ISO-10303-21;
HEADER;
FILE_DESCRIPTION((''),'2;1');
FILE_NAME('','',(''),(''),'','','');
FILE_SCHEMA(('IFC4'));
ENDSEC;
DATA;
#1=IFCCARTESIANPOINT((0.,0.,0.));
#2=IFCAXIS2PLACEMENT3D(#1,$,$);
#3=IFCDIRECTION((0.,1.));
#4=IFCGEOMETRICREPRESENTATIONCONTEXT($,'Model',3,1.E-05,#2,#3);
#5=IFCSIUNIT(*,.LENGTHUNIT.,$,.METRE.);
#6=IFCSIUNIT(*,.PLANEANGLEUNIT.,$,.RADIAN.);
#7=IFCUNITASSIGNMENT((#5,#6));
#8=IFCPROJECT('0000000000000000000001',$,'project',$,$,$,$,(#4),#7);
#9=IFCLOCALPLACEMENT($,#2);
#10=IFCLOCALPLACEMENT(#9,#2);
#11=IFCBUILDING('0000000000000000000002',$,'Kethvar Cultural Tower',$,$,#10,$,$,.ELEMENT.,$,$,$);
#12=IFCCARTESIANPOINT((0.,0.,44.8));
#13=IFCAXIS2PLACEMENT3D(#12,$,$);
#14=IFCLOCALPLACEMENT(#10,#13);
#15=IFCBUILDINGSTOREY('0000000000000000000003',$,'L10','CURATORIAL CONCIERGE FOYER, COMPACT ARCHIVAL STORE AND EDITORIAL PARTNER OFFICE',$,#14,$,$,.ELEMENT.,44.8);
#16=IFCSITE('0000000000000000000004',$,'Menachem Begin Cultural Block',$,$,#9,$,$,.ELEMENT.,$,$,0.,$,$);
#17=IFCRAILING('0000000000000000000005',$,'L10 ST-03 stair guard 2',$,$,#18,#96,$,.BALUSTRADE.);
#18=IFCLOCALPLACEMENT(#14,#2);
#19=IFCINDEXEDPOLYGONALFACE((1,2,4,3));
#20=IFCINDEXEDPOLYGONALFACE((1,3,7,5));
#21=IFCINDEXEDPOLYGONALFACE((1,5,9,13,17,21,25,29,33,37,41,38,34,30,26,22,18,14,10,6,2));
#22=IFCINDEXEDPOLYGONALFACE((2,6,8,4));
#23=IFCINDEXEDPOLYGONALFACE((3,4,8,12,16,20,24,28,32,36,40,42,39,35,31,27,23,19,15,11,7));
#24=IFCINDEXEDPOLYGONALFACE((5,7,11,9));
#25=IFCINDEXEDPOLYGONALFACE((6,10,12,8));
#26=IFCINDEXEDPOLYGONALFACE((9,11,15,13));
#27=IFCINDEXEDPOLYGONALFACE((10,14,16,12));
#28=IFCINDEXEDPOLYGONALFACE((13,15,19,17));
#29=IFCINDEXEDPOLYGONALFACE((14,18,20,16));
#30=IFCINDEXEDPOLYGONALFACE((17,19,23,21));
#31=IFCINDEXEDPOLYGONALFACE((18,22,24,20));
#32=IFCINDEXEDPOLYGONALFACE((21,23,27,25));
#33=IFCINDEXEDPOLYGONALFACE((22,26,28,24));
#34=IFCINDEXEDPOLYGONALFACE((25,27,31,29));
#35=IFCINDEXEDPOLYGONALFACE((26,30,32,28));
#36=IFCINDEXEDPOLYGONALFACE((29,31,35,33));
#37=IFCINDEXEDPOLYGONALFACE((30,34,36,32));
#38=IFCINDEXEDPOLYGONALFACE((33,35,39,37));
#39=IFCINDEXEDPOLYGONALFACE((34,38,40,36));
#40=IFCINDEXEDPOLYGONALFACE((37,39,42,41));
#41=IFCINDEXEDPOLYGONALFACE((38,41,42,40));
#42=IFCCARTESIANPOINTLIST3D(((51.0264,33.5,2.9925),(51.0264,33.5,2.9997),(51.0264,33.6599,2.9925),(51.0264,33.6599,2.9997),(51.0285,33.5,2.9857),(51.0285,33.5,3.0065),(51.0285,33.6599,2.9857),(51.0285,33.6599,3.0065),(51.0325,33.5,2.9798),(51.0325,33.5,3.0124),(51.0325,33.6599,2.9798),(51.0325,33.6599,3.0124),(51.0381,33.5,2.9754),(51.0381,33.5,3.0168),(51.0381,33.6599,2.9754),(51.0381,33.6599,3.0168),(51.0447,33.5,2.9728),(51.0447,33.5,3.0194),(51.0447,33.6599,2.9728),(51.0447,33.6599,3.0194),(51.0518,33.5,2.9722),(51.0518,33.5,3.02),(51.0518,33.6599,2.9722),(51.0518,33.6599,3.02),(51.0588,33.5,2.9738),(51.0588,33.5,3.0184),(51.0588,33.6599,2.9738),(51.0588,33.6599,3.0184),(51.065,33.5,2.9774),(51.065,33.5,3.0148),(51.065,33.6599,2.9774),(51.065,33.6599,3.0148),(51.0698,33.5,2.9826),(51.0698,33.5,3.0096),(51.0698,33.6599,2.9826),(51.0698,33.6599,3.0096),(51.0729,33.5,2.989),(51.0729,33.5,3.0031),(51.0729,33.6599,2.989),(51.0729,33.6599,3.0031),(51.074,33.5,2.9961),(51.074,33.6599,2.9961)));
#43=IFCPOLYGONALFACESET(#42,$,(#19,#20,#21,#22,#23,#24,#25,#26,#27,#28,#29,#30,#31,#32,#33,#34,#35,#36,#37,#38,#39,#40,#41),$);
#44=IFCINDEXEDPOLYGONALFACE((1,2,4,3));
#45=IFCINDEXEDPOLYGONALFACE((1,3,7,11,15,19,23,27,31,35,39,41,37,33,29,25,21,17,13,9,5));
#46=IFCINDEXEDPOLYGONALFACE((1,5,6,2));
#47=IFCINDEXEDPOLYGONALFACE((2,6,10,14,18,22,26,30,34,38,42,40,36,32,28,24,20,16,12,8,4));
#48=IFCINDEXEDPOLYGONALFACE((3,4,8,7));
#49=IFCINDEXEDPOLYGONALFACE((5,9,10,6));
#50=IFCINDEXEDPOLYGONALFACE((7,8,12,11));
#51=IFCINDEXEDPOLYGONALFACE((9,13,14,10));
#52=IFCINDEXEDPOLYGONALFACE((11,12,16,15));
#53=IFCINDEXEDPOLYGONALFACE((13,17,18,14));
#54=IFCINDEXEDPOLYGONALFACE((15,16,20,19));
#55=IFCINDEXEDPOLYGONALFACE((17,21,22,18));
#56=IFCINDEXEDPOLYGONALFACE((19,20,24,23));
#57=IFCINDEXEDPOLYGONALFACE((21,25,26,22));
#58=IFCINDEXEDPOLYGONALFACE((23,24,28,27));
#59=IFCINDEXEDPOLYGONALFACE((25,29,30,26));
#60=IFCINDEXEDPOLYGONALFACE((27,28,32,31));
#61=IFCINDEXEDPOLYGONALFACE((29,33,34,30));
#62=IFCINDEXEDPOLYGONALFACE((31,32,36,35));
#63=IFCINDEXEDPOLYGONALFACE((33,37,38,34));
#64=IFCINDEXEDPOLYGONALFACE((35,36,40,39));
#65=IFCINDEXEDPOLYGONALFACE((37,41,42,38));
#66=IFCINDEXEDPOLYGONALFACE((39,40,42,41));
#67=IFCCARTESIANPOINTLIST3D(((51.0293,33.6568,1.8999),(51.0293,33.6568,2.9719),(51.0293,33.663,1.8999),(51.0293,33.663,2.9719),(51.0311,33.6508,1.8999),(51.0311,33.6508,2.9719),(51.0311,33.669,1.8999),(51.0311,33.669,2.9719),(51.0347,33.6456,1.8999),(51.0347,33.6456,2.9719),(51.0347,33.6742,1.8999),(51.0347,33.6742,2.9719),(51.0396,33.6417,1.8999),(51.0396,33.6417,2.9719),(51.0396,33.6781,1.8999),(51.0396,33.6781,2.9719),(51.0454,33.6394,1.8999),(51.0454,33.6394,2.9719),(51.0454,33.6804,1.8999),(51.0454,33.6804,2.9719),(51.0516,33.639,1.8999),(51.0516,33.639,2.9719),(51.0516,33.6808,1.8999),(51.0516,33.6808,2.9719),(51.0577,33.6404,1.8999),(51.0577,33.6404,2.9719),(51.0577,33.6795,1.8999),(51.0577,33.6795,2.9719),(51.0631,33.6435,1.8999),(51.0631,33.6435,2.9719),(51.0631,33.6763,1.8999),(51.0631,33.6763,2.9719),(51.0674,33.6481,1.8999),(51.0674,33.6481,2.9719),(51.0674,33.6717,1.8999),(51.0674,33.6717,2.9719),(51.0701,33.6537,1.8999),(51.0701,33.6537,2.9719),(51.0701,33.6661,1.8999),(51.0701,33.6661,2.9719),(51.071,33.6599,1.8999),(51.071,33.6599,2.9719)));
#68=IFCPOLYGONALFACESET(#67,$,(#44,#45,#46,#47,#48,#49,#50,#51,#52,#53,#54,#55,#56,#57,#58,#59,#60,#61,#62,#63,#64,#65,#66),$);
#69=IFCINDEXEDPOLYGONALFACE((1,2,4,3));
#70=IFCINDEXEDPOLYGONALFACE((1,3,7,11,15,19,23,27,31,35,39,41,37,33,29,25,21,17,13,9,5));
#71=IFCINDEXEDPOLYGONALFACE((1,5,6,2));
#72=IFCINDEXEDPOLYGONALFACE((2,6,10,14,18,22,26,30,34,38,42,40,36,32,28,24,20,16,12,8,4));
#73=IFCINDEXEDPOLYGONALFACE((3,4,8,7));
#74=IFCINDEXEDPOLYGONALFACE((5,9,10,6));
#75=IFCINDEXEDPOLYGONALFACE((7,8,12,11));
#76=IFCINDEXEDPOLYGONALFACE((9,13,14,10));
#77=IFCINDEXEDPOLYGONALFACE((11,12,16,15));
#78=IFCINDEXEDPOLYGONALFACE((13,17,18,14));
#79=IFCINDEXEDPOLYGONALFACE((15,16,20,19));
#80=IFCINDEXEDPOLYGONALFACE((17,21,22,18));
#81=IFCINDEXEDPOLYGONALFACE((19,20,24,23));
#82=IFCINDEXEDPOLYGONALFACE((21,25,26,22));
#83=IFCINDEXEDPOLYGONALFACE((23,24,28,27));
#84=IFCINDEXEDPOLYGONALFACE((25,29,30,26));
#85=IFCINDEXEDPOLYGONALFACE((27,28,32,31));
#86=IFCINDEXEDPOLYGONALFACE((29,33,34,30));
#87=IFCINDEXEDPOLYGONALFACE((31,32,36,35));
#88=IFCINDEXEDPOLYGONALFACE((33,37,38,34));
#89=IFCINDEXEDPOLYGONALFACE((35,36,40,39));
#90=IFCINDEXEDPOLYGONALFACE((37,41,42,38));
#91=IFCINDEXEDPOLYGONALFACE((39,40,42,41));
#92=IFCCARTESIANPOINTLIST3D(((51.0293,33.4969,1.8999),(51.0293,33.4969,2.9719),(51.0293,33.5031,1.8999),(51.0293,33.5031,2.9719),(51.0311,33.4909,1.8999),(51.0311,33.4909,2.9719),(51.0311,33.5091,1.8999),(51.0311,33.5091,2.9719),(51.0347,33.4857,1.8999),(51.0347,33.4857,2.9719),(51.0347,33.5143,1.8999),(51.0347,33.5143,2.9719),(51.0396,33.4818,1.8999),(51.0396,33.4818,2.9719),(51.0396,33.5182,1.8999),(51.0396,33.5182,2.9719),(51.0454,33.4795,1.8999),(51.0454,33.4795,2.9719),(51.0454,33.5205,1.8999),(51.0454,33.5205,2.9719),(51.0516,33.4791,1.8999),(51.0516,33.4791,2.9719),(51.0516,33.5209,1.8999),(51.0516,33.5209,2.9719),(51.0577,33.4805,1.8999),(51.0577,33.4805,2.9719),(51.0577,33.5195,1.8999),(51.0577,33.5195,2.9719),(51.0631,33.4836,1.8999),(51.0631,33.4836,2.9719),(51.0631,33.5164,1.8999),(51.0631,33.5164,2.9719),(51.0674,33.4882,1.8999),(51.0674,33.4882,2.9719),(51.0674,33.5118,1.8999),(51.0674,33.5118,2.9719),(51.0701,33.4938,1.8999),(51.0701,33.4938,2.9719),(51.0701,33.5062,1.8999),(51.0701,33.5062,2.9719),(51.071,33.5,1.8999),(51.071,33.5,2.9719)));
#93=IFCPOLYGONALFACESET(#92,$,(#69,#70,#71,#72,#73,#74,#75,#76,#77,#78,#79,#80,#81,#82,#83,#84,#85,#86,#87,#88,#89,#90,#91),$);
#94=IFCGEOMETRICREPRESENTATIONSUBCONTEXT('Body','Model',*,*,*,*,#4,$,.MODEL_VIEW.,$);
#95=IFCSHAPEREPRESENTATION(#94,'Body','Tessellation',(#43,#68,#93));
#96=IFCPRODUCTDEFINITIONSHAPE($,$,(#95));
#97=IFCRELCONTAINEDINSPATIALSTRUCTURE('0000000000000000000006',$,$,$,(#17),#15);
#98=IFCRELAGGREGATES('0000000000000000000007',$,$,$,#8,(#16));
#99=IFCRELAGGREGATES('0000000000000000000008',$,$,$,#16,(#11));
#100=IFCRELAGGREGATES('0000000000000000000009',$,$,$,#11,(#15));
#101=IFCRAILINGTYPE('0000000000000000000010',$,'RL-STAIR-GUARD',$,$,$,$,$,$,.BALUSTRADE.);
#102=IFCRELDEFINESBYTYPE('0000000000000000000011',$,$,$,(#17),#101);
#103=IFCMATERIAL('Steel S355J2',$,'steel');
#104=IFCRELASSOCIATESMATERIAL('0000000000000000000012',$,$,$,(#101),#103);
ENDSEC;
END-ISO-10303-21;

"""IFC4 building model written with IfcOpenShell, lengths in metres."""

from ifc_helpers import new_model, si_unit, direction, frame, origin, origin_2d, place, context, subcontext, project, spatial, circle, extrude, material, type_object, element, save


model = new_model("IFC4")

# Units and contexts
model_context = context("Model", 3, precision=1e-05, world=origin(), true_north=direction((0.0, 1.0)))
body_context = subcontext(model_context, "Body", "Model", "MODEL_VIEW")
ifc_project = project(units=[si_unit("LENGTHUNIT", "METRE"), si_unit("PLANEANGLEUNIT", "RADIAN")], contexts=[model_context])

# Site, building, storey
site_placement = place(None, origin())
site = spatial("IfcSite", under=ifc_project, at=site_placement, Name="Menachem Begin Cultural Block", CompositionType="ELEMENT", RefElevation=0.0)
building_placement = place(site_placement, origin())
building = spatial("IfcBuilding", under=site, at=building_placement, Name="Kethvar Cultural Tower", CompositionType="ELEMENT")
storey_placement = place(building_placement, frame((0.0, 0.0, 44.8)))
storey = spatial("IfcBuildingStorey", under=building, at=storey_placement, Name="L10", Description="CURATORIAL CONCIERGE FOYER, COMPACT ARCHIVAL STORE AND EDITORIAL PARTNER OFFICE", CompositionType="ELEMENT", Elevation=44.8)

# Shared definitions
ifc_material_1 = material(Name="Steel S355J2", Category="steel")

# Railing
railing_type_1 = type_object("IfcRailingType", Name="RL-STAIR-GUARD", PredefinedType="BALUSTRADE", material=ifc_material_1)
railing_1_placement = place(storey_placement, frame((51.05, 33.6599, 1.8999)))
element("IfcRailing", 1, at=railing_1_placement, inside=storey, type_object=railing_type_1, Name="L10 ST-03 stair guard 2", PredefinedType="BALUSTRADE", context=body_context, shape_type="SweptSolid", body=[
    extrude(circle(Radius=0.0239, at=origin_2d()), frame((0.0, 0.0, 1.0962), z_axis=(0.0, -1.0, 0.0), x_axis=(1.0, 0.0, 0.0)), (0.0, 0.0, 1.0), 0.1599),
    extrude(circle(Radius=0.021, at=origin_2d()), origin(), (0.0, 0.0, 1.0), 1.072),
    extrude(circle(Radius=0.021, at=origin_2d()), frame((0.0, -0.1599, 0.0)), (0.0, 0.0, 1.0), 1.072),
])

save(model, "model.ifc")
